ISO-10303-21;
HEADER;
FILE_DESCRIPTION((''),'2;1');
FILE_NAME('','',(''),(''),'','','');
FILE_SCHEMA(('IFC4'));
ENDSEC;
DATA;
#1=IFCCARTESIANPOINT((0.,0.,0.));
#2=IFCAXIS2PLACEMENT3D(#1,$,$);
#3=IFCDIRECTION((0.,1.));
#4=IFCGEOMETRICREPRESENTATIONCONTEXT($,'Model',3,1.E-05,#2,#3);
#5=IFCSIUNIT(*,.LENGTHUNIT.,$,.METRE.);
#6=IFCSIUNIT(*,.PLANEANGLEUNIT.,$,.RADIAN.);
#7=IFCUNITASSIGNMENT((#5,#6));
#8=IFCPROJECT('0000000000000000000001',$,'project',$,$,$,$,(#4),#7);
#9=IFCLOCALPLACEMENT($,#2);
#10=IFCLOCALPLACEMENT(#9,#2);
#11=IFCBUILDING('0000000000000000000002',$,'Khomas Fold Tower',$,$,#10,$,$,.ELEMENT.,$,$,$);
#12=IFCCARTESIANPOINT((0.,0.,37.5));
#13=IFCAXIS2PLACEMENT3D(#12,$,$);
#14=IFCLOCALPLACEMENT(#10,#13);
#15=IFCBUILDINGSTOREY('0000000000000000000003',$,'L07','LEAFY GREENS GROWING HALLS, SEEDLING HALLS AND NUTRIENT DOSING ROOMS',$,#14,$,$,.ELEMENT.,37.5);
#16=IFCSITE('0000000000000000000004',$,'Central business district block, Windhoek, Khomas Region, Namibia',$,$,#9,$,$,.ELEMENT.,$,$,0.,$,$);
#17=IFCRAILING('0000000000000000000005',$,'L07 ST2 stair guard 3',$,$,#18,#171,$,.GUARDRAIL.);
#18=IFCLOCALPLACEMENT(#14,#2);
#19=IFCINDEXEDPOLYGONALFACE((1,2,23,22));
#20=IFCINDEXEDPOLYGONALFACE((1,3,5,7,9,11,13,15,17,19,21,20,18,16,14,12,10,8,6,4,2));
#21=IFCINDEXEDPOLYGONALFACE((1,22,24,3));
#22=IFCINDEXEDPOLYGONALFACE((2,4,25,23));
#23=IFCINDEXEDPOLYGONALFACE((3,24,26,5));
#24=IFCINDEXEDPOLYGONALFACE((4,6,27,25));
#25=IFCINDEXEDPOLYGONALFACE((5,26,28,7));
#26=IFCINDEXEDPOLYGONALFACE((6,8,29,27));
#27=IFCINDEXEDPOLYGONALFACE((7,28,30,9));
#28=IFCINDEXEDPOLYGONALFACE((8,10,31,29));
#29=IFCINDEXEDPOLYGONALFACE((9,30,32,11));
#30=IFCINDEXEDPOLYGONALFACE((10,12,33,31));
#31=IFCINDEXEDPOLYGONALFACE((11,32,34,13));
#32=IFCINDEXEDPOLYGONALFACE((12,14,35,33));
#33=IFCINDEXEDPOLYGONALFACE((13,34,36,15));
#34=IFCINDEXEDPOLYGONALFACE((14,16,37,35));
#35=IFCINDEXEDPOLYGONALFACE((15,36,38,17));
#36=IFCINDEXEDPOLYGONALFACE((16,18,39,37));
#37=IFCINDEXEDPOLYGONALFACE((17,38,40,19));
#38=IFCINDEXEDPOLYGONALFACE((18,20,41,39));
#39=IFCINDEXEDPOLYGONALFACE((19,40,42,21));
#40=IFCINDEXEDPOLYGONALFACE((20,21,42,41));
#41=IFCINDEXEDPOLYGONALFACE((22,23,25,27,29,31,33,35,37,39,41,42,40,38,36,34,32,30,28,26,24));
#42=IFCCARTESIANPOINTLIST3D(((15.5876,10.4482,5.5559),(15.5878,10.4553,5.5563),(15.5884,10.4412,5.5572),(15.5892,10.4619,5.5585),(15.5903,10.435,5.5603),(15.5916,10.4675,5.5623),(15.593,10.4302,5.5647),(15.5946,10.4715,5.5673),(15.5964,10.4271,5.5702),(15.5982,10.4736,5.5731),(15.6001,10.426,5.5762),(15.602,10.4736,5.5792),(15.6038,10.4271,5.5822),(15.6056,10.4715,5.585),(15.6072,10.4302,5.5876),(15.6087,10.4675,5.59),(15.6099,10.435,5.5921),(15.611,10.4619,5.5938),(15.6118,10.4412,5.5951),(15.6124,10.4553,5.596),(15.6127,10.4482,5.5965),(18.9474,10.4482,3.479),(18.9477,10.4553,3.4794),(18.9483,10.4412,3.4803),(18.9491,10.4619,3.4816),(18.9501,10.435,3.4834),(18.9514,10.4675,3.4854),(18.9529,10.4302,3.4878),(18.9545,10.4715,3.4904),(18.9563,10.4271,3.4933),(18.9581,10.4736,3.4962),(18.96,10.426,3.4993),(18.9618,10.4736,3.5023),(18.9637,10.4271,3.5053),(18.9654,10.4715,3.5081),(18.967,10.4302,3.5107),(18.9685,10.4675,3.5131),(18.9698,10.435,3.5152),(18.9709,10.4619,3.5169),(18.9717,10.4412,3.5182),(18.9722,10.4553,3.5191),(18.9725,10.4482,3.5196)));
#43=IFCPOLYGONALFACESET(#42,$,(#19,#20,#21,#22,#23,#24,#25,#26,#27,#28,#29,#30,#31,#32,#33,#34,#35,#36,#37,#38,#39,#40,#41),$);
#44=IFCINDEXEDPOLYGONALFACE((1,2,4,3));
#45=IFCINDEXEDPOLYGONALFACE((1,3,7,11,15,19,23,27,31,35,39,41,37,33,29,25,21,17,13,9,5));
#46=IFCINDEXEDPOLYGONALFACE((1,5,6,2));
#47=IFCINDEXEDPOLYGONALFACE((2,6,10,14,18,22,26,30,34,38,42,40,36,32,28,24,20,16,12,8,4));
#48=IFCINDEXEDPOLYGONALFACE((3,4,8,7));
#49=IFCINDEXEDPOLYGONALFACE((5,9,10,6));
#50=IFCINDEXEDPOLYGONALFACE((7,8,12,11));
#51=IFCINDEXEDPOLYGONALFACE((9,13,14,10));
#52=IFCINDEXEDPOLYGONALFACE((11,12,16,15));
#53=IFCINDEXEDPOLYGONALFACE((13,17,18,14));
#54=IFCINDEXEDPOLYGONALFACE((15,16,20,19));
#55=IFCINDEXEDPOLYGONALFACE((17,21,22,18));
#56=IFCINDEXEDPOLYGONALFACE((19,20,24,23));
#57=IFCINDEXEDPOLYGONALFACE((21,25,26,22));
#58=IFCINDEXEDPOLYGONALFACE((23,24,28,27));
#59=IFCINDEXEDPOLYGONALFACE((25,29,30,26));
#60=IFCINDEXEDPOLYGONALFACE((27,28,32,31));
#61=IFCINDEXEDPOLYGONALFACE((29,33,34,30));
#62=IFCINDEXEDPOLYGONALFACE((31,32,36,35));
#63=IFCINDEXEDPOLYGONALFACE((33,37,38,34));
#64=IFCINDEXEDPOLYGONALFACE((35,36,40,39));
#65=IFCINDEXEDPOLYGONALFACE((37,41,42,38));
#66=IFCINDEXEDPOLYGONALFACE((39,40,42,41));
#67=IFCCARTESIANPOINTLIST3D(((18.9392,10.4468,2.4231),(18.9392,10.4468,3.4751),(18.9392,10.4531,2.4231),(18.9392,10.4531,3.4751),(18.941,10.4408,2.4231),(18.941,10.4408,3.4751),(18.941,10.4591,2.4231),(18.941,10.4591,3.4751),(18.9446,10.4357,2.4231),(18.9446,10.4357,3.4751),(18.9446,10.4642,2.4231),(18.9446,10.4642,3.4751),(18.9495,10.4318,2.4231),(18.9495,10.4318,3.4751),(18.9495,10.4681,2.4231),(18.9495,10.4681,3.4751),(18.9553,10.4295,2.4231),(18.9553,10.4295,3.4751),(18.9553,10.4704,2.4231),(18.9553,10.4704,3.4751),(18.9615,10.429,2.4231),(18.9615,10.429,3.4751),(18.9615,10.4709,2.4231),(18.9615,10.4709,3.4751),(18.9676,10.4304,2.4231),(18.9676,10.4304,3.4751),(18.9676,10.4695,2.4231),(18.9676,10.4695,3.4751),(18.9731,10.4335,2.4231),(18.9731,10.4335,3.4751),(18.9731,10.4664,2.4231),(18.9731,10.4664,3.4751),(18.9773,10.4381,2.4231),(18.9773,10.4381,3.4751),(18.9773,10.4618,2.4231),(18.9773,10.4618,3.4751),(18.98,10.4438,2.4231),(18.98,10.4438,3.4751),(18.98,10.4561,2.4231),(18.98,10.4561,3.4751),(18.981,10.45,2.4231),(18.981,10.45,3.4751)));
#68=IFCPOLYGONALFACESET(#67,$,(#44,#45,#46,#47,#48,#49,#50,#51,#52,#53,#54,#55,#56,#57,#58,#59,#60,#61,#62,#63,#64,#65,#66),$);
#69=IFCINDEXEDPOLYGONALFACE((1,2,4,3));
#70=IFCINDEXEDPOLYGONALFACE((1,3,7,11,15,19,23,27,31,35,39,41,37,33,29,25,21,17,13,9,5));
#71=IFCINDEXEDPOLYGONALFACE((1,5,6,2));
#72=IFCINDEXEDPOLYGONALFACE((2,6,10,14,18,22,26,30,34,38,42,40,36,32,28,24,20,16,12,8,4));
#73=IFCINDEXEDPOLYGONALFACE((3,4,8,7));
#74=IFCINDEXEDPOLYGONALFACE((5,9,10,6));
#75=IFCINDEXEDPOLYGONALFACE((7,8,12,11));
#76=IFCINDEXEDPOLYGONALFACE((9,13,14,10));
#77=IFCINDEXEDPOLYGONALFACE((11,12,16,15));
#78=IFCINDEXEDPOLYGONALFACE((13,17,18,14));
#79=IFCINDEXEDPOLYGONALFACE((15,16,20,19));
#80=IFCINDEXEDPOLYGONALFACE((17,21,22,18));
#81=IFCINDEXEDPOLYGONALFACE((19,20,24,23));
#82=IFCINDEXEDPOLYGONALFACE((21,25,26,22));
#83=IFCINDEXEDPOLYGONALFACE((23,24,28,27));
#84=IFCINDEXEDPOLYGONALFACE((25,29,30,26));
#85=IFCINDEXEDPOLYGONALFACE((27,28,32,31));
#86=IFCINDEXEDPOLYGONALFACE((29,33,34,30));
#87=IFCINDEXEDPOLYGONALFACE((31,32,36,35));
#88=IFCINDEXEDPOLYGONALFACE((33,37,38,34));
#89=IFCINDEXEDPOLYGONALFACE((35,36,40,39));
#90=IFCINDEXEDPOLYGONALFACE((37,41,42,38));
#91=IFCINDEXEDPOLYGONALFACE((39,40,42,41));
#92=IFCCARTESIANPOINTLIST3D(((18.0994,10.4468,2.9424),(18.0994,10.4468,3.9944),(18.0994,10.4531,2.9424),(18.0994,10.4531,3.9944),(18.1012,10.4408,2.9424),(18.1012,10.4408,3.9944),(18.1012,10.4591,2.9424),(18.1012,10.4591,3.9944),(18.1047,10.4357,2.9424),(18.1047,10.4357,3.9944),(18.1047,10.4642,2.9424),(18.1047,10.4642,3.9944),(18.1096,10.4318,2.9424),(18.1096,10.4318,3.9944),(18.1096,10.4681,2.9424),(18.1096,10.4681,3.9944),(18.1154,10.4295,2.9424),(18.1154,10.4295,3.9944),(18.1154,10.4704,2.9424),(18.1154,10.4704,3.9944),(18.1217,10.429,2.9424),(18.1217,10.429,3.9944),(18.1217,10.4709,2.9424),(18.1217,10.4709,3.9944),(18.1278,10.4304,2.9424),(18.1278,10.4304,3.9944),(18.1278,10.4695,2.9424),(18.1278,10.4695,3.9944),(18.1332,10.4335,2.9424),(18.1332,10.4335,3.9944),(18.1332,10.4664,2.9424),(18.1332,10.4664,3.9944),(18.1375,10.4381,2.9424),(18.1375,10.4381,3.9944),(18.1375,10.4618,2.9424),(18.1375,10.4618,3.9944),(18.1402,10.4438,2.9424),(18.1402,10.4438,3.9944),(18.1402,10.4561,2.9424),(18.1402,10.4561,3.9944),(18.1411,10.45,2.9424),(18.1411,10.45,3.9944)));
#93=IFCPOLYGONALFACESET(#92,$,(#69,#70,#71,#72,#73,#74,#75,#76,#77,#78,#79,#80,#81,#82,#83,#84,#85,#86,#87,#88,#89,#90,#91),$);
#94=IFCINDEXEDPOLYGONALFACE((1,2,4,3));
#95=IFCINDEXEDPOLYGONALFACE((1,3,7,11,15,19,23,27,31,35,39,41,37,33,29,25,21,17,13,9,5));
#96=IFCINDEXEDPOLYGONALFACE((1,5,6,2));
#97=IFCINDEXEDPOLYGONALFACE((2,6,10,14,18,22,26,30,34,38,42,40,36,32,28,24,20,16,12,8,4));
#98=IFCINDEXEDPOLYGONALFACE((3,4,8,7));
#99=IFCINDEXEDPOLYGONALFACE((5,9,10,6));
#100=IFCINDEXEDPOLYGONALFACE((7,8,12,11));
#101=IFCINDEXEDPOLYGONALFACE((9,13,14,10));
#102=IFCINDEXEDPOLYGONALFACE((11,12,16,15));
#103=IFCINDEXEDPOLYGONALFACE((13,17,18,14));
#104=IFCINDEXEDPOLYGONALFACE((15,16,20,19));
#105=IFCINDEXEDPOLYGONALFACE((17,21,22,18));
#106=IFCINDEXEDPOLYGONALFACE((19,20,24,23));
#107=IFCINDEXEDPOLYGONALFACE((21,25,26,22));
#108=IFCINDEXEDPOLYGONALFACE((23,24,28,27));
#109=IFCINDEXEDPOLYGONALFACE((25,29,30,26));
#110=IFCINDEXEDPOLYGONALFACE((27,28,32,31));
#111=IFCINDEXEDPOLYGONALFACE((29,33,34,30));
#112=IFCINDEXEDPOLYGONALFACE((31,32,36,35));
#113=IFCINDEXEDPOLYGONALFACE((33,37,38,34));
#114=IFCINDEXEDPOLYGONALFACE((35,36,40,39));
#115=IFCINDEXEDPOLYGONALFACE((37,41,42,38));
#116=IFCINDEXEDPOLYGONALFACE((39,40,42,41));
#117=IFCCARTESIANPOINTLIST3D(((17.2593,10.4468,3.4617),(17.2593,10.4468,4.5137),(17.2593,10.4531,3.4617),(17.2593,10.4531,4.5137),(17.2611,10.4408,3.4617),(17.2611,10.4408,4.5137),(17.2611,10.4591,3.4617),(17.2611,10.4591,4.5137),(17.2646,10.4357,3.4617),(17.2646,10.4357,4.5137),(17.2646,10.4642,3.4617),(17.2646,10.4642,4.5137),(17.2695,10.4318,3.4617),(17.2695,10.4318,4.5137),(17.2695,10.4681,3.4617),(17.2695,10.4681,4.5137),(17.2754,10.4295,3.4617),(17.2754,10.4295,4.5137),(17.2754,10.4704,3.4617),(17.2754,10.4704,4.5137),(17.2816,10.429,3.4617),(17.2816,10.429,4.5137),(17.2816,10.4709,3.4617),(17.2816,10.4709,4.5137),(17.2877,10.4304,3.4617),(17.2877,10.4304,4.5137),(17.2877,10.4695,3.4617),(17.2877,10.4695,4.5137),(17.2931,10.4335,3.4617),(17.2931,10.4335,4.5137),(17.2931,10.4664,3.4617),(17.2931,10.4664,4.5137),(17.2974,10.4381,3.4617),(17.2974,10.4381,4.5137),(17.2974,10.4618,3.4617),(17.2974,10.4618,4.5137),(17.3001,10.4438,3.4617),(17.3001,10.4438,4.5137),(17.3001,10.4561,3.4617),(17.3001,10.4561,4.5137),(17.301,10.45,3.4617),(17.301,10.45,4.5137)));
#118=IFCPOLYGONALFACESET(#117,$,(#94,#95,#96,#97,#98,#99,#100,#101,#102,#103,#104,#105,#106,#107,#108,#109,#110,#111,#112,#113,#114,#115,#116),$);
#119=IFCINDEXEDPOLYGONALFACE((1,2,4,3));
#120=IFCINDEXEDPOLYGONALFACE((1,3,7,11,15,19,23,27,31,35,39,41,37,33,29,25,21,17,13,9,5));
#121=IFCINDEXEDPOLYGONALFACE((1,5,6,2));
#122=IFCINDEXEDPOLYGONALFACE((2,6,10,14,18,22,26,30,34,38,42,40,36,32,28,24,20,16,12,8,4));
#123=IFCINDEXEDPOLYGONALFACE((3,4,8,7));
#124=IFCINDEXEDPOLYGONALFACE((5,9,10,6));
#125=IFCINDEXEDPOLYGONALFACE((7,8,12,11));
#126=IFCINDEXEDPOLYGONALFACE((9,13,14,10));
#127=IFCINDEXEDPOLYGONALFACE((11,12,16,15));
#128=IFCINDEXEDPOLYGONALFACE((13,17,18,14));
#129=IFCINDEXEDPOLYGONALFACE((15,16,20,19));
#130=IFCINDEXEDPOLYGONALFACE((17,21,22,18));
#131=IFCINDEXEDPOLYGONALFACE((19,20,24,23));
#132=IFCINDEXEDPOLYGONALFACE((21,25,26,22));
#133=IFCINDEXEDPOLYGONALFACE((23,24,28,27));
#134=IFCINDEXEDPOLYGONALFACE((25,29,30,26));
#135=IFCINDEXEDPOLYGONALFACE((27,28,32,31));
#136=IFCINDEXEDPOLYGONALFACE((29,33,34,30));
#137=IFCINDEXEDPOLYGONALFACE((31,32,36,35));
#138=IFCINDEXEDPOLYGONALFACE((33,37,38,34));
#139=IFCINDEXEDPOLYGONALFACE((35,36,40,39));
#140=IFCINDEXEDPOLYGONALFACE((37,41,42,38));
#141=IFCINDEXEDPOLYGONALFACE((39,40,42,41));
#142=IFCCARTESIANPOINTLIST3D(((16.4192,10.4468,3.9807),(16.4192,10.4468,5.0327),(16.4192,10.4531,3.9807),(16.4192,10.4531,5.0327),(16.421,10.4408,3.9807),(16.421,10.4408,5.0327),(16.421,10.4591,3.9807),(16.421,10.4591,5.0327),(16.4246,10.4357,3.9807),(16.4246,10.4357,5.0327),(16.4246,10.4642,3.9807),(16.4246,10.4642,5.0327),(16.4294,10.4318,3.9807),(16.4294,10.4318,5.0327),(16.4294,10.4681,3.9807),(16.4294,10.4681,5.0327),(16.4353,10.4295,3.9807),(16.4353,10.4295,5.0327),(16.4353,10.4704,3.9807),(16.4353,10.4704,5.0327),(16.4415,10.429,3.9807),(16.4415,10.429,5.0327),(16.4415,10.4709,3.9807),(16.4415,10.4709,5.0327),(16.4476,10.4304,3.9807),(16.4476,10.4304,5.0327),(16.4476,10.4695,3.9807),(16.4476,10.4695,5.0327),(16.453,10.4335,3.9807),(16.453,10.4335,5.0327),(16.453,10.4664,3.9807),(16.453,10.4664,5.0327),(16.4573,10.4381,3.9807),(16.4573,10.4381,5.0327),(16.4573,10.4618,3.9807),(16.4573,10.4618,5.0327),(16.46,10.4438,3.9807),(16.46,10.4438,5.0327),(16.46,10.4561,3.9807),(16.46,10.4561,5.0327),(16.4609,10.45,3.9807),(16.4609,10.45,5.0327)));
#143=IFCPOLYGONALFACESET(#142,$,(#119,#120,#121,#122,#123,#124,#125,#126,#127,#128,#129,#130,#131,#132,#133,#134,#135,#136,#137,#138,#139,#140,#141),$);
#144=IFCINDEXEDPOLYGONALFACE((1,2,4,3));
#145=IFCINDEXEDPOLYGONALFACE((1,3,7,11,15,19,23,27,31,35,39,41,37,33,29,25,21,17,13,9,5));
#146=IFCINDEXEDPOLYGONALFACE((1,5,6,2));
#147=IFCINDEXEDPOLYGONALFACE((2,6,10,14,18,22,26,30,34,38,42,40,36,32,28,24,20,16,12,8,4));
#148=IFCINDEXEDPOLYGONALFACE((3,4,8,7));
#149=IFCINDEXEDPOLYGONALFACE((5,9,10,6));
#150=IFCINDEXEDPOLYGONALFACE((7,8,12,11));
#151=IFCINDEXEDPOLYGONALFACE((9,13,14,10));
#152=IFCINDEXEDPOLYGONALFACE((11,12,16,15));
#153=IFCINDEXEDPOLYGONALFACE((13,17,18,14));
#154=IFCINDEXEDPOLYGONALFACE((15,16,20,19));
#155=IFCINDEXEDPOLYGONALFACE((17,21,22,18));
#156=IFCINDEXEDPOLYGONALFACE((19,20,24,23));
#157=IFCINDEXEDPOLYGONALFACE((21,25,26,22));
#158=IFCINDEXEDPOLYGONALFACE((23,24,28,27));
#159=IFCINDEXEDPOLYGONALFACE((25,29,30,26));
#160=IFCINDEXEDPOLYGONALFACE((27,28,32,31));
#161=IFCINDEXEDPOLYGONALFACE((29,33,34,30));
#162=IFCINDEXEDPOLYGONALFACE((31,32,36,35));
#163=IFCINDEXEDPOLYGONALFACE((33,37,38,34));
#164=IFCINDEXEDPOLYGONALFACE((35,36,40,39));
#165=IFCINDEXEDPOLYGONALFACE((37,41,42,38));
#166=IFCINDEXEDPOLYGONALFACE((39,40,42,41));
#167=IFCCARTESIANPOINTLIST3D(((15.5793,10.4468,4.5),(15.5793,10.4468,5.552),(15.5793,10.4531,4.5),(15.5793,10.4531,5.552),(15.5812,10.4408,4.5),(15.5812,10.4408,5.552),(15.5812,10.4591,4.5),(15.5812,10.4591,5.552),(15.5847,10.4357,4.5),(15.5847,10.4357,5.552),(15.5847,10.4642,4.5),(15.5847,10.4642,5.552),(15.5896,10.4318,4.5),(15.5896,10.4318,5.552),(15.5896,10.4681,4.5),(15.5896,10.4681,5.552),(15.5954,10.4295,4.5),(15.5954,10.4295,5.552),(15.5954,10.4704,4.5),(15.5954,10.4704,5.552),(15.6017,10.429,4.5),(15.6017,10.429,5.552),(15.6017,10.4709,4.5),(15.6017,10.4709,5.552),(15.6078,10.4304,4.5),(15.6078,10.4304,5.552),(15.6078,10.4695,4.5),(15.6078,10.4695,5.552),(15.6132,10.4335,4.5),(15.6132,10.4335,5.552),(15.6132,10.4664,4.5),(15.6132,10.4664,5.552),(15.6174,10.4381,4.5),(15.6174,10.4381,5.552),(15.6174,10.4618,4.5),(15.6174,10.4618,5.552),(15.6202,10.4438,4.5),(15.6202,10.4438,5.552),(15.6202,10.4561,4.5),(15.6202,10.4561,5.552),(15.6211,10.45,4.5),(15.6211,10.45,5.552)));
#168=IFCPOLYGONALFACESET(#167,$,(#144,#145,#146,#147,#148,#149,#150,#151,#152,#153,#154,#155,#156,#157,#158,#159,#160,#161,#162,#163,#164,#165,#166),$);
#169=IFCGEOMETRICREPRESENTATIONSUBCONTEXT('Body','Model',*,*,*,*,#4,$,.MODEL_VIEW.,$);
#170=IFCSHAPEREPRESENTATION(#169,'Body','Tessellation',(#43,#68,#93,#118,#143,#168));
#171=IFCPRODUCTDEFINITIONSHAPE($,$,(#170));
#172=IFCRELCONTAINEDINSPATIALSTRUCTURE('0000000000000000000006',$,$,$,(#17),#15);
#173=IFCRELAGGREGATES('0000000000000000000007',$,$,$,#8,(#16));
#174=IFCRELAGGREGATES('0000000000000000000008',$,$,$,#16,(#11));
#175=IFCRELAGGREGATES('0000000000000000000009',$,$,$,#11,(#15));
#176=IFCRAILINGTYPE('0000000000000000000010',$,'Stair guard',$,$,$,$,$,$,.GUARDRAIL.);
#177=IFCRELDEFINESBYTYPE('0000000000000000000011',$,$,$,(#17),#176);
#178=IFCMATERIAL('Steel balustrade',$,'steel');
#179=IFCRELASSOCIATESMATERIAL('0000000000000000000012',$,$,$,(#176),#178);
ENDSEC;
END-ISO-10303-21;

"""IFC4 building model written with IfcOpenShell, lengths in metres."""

from ifc_helpers import new_model, si_unit, direction, frame, origin, origin_2d, place, context, subcontext, project, spatial, circle, extrude, source, transform, mapped, material, type_object, element, save


model = new_model("IFC4")

# Units and contexts
model_context = context("Model", 3, precision=1e-05, world=origin(), true_north=direction((0.0, 1.0)))
body_context = subcontext(model_context, "Body", "Model", "MODEL_VIEW")
ifc_project = project(units=[si_unit("LENGTHUNIT", "METRE"), si_unit("PLANEANGLEUNIT", "RADIAN")], contexts=[model_context])

# Site, building, storey
site_placement = place(None, origin())
site = spatial("IfcSite", under=ifc_project, at=site_placement, Name="Central business district block, Windhoek, Khomas Region, Namibia", CompositionType="ELEMENT", RefElevation=0.0)
building_placement = place(site_placement, origin())
building = spatial("IfcBuilding", under=site, at=building_placement, Name="Khomas Fold Tower", CompositionType="ELEMENT")
storey_placement = place(building_placement, frame((0.0, 0.0, 37.5)))
storey = spatial("IfcBuildingStorey", under=building, at=storey_placement, Name="L07", Description="LEAFY GREENS GROWING HALLS, SEEDLING HALLS AND NUTRIENT DOSING ROOMS", CompositionType="ELEMENT", Elevation=37.5)

# Railing
ifc_material_1 = material(Name="Steel balustrade", Category="steel")
railing_type_1 = type_object("IfcRailingType", Name="Stair guard", PredefinedType="GUARDRAIL", material=ifc_material_1)
shared_shape_1 = source(origin(), body_context, "Body", "SweptSolid", [
    extrude(circle(Radius=0.0239, at=origin_2d()), frame((0.0, 0.0, 1.0762), z_axis=(-0.850606, 0.0, 0.525803), x_axis=(0.0, -1.0, 0.0)), (0.0, 0.0, 1.0), 3.95),
    extrude(circle(Radius=0.021, at=origin_2d()), origin(), (0.0, 0.0, 1.0), 1.052),
    extrude(circle(Radius=0.021, at=origin_2d()), frame((-0.8398, 0.0, 0.5193)), (0.0, 0.0, 1.0), 1.052),
    extrude(circle(Radius=0.021, at=origin_2d()), frame((-1.6799, 0.0, 1.0386)), (0.0, 0.0, 1.0), 1.052),
    extrude(circle(Radius=0.021, at=origin_2d()), frame((-2.52, 0.0, 1.5576)), (0.0, 0.0, 1.0), 1.052),
    extrude(circle(Radius=0.021, at=origin_2d()), frame((-3.3599, 0.0, 2.0769)), (0.0, 0.0, 1.0), 1.052),
])
railing_1_placement = place(storey_placement, frame((18.96, 10.45, 2.4231)))
element("IfcRailing", 1, at=railing_1_placement, inside=storey, type_object=railing_type_1, Name="L07 ST2 stair guard 3", PredefinedType="GUARDRAIL", context=body_context, shape_type="MappedRepresentation", body=[
    mapped(shared_shape_1, transform((0.0, 0.0, 0.0))),
])

save(model, "model.ifc")
